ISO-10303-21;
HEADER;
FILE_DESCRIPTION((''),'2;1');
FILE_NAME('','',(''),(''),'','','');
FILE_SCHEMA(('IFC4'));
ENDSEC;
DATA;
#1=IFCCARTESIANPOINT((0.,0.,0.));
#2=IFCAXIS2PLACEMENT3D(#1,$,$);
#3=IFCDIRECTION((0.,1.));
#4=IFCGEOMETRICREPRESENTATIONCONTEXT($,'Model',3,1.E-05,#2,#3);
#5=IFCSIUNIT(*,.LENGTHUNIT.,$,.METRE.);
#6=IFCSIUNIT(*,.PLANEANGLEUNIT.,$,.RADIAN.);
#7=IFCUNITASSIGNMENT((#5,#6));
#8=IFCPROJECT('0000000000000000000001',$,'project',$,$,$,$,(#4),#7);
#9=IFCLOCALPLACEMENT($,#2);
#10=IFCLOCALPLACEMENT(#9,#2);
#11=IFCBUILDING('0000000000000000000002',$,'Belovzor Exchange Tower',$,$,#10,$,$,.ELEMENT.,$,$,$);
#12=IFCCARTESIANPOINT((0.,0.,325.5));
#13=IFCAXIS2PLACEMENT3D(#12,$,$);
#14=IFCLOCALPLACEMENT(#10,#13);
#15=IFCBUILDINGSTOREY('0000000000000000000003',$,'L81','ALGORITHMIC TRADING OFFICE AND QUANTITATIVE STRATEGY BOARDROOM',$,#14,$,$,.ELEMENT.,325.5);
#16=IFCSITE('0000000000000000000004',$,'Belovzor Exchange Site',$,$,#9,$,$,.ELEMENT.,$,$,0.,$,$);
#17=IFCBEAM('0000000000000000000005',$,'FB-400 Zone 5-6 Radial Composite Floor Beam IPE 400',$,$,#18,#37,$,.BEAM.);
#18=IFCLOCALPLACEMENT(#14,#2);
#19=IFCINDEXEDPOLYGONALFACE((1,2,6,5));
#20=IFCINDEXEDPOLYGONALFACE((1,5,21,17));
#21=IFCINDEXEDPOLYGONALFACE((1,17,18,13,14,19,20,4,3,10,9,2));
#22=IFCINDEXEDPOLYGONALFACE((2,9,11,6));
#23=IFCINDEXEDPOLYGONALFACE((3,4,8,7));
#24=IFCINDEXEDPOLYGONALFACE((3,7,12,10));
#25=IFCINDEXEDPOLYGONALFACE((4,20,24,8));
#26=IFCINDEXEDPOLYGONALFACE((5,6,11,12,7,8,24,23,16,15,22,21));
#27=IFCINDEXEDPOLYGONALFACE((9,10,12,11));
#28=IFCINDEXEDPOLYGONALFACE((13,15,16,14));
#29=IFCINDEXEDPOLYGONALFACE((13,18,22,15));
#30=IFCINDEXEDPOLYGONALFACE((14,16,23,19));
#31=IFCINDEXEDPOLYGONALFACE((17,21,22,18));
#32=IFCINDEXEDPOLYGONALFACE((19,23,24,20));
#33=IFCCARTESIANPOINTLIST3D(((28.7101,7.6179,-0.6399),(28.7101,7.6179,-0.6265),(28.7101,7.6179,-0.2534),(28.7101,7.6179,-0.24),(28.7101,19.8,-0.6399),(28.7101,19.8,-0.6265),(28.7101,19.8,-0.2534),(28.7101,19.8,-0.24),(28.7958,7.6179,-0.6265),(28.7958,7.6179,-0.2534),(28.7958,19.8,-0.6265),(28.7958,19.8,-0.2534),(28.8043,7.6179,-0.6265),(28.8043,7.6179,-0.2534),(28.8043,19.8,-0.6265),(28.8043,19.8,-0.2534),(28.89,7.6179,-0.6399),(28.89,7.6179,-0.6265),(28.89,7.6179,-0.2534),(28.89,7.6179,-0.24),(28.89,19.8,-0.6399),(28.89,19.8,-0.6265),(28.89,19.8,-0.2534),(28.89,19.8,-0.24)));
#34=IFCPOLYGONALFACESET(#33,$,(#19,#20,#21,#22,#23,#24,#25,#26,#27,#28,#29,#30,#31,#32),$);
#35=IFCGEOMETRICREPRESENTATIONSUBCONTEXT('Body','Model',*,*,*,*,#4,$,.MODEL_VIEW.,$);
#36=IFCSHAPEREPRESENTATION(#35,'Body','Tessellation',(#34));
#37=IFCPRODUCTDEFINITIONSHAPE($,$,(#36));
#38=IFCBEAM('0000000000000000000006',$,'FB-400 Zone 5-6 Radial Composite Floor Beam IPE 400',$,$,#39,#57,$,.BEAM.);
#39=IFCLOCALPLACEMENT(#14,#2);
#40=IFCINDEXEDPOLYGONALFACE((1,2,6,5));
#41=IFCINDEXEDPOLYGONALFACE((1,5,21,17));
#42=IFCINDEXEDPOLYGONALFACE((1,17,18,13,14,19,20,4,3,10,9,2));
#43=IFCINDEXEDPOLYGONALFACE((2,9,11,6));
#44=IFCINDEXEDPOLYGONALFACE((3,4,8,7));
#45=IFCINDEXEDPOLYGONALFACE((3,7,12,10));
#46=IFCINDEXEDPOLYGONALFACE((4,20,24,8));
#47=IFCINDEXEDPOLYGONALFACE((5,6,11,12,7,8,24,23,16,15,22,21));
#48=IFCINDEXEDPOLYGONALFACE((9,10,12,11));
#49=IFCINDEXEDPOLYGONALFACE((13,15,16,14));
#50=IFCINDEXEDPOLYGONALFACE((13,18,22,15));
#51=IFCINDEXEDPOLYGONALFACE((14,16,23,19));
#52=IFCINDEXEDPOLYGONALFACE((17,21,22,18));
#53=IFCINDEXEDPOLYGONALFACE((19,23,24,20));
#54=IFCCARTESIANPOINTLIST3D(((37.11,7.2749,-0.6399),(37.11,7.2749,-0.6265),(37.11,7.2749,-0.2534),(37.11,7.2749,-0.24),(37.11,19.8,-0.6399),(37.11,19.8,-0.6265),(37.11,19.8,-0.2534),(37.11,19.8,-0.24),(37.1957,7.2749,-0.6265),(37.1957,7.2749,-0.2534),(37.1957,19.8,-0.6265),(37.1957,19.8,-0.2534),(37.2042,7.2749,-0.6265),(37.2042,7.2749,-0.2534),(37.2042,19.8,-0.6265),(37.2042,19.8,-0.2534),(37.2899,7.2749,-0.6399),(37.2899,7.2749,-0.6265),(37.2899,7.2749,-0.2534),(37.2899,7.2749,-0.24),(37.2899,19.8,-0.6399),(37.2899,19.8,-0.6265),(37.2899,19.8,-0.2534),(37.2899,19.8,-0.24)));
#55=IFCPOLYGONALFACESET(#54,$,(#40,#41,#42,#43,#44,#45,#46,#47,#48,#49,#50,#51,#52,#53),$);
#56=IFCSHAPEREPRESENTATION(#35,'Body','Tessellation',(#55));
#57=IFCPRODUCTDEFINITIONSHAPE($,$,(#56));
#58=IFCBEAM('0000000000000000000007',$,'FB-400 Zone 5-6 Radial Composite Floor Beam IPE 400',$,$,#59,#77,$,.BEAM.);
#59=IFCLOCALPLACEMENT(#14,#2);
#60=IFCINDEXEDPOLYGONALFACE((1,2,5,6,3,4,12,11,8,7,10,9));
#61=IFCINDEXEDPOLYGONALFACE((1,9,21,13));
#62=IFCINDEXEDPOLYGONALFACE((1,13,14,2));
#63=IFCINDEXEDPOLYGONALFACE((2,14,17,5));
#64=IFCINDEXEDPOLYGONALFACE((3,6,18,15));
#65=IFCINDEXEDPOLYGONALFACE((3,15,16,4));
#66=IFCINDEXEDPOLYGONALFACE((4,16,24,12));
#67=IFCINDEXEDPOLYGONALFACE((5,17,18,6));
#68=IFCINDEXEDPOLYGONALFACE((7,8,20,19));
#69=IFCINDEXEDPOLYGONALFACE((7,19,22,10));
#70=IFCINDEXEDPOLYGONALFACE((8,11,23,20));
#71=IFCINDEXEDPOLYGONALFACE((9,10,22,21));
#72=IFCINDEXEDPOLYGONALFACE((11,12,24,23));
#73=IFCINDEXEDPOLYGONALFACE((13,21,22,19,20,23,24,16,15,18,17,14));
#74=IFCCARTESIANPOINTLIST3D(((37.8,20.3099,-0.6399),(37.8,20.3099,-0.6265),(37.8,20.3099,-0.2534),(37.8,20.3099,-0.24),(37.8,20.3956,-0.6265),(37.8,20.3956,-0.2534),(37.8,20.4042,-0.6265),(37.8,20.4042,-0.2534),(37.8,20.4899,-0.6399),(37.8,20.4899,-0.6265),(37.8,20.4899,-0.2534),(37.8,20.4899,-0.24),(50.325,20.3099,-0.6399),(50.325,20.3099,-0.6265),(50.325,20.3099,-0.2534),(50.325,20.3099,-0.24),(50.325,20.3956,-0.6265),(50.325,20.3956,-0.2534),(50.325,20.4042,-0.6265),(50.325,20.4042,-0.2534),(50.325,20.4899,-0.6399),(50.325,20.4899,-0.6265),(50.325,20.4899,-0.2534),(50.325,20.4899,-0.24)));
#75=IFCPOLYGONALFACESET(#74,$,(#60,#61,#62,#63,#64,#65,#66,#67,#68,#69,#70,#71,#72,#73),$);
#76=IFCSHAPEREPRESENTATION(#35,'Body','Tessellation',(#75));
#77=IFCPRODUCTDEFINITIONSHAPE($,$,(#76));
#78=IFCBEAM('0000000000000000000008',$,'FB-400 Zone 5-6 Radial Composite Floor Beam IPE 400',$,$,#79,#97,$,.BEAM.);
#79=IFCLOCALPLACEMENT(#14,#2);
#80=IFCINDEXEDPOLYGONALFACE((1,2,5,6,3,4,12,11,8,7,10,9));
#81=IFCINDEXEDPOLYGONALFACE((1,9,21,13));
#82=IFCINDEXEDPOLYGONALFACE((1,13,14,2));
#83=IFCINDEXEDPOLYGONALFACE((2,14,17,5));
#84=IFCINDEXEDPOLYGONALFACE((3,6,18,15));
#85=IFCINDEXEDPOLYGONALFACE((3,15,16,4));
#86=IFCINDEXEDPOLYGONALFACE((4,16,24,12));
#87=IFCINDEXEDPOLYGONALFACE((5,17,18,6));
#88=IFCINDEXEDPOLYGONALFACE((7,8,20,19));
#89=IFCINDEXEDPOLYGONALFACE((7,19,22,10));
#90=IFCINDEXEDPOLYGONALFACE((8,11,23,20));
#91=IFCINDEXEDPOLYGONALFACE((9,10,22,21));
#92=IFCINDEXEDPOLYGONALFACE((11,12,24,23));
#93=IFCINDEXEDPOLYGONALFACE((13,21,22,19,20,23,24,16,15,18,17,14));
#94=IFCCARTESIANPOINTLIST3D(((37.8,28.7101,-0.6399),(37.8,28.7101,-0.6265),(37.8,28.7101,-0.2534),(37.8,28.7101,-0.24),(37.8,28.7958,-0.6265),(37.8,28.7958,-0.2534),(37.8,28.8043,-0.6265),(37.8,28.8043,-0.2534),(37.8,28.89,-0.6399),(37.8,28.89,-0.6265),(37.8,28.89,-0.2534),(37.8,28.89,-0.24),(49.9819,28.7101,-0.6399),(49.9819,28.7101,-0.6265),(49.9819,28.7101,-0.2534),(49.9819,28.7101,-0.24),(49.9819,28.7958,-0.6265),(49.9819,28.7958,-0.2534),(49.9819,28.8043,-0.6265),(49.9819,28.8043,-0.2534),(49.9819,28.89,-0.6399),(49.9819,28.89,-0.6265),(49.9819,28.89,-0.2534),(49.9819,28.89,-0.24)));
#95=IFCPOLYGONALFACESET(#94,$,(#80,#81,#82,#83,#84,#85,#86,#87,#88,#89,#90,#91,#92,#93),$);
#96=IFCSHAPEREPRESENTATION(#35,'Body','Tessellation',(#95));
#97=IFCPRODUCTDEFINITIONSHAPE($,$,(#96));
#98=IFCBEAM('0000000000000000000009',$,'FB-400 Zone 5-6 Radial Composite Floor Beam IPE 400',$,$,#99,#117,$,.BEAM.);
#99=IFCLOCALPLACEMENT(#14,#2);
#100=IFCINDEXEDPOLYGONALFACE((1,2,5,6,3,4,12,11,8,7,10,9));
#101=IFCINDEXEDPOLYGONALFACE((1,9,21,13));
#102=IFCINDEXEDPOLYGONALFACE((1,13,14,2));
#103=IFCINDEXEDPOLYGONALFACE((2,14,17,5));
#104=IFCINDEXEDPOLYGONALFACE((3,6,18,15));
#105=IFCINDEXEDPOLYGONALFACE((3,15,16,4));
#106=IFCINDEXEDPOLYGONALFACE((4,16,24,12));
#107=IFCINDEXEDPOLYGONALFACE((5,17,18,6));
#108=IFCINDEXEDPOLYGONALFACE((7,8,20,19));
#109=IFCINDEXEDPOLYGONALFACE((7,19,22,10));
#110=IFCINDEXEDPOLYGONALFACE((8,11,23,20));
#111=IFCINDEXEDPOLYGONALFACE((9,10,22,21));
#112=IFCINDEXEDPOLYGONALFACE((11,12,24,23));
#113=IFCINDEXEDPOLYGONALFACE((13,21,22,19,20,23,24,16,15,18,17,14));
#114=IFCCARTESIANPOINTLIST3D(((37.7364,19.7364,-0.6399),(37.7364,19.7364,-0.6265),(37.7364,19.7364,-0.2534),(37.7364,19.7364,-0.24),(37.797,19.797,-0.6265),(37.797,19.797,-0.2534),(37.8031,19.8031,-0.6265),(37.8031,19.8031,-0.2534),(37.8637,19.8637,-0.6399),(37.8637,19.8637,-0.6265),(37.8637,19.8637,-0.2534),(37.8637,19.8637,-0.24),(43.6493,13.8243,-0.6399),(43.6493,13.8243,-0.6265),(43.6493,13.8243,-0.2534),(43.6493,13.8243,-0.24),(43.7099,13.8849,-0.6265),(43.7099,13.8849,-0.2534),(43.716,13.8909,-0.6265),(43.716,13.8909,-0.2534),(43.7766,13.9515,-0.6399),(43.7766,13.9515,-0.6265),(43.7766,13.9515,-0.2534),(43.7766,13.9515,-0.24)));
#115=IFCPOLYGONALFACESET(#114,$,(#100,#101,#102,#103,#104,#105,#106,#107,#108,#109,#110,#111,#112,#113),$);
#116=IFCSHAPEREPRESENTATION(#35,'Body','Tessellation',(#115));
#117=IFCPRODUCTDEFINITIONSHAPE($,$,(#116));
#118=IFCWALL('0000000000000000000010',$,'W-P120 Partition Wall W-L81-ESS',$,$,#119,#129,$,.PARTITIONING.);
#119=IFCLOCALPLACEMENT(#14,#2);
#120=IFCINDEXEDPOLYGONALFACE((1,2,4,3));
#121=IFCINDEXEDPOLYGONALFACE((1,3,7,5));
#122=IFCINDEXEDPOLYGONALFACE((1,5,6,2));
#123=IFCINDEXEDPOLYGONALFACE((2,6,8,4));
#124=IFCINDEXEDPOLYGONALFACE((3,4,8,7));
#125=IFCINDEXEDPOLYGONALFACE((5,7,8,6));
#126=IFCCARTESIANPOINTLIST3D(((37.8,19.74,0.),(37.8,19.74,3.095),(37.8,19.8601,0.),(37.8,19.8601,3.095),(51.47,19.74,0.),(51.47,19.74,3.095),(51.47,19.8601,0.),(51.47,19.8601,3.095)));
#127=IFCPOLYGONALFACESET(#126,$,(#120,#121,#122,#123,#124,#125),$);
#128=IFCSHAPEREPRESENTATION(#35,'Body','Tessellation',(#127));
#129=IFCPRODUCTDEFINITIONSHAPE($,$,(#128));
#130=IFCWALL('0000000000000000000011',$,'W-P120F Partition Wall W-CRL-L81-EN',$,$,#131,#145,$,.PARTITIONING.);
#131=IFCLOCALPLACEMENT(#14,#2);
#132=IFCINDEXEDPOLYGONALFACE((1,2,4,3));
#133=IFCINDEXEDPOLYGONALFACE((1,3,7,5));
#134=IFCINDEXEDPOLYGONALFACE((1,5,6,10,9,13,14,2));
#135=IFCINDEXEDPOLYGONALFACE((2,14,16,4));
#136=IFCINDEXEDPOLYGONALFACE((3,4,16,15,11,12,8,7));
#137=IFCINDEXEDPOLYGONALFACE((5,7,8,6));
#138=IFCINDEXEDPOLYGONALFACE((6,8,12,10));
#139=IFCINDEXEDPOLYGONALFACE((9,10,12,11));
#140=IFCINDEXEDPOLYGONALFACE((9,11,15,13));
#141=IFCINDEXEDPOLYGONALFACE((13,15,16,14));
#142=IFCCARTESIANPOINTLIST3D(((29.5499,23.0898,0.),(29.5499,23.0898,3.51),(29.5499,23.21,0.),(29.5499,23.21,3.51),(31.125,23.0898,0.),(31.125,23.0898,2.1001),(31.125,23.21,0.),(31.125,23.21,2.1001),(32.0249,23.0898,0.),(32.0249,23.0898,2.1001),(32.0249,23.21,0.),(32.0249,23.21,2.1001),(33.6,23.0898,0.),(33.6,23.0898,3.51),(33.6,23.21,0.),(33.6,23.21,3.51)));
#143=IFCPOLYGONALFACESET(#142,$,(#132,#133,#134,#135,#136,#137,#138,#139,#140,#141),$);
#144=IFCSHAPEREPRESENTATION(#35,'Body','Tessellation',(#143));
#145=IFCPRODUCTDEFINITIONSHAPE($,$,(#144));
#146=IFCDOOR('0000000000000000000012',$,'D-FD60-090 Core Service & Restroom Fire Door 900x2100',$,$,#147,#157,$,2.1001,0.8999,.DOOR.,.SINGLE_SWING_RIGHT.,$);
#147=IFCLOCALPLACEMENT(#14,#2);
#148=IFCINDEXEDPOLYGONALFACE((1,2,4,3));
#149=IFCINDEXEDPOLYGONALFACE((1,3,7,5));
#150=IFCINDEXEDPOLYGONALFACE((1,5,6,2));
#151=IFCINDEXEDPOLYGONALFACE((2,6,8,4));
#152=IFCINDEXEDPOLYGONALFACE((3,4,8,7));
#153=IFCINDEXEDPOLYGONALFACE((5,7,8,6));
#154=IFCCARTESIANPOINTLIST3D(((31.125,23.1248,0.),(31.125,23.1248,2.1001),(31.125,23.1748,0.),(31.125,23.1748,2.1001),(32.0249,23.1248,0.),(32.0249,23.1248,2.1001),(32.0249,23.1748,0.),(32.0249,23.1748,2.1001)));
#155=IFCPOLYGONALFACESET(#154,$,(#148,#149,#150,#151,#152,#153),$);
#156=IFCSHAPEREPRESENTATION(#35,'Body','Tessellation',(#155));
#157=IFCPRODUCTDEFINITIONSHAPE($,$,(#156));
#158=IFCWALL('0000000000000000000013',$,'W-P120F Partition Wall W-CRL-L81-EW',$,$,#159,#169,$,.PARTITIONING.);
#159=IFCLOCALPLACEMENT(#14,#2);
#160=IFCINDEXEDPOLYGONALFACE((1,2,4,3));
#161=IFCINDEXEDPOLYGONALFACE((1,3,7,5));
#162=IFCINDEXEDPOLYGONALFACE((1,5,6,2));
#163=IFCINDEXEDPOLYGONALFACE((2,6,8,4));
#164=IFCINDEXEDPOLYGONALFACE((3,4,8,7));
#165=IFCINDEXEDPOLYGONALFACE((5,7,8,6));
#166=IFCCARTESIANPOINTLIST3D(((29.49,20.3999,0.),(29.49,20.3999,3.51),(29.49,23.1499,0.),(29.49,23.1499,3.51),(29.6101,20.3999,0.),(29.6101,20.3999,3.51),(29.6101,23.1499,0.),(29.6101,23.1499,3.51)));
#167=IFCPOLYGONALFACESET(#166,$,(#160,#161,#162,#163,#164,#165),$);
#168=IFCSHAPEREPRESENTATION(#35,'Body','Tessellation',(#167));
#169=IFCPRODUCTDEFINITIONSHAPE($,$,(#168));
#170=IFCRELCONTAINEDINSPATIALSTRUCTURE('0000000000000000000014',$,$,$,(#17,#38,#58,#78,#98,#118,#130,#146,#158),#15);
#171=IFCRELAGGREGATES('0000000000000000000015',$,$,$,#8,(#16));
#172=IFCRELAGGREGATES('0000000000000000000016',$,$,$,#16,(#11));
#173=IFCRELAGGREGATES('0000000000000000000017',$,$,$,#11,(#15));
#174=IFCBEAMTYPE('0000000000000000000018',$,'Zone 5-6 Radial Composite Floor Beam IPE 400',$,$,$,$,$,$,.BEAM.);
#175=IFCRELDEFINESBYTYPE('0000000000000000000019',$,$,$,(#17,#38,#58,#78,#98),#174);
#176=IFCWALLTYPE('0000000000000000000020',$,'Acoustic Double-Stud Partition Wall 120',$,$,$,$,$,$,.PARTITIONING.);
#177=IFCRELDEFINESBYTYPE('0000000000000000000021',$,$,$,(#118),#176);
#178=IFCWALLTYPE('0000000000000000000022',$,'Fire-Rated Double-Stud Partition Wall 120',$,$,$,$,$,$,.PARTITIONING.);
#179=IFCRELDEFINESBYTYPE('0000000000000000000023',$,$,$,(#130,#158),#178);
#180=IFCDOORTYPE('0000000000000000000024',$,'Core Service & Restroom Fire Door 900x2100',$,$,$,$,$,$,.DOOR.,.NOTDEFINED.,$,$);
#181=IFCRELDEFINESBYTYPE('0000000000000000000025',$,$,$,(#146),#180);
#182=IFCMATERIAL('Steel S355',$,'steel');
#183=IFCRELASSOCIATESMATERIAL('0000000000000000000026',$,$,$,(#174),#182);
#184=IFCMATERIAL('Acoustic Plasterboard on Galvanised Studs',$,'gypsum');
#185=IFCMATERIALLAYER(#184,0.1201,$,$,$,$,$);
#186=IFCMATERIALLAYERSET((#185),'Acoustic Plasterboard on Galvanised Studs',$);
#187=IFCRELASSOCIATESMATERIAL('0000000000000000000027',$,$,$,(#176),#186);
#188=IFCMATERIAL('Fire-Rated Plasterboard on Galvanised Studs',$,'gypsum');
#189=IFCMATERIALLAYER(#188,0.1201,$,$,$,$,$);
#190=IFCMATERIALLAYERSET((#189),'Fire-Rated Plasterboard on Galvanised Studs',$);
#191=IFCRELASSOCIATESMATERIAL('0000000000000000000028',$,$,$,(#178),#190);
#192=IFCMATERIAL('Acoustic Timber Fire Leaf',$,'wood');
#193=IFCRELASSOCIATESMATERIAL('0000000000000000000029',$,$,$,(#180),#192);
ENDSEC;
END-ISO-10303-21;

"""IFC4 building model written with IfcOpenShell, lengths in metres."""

from ifc_helpers import new_model, si_unit, direction, frame, frame_2d, origin, origin_2d, place, context, subcontext, project, spatial, rectangle, i_section, extrude, material, layer, layer_set, material_profile, profile_set, type_object, element, fill, save


model = new_model("IFC4")

# Units and contexts
model_context = context("Model", 3, precision=1e-05, world=origin(), true_north=direction((0.0, 1.0)))
body_context = subcontext(model_context, "Body", "Model", "MODEL_VIEW")
ifc_project = project(units=[si_unit("LENGTHUNIT", "METRE"), si_unit("PLANEANGLEUNIT", "RADIAN")], contexts=[model_context])

# Site, building, storey
site_placement = place(None, origin())
site = spatial("IfcSite", under=ifc_project, at=site_placement, Name="Belovzor Exchange Site", CompositionType="ELEMENT", RefElevation=0.0)
building_placement = place(site_placement, origin())
building = spatial("IfcBuilding", under=site, at=building_placement, Name="Belovzor Exchange Tower", CompositionType="ELEMENT")
storey_placement = place(building_placement, frame((0.0, 0.0, 325.5)))
storey = spatial("IfcBuildingStorey", under=building, at=storey_placement, Name="L81", Description="ALGORITHMIC TRADING OFFICE AND QUANTITATIVE STRATEGY BOARDROOM", CompositionType="ELEMENT", Elevation=325.5)

# Beams
ifc_material_1 = material(Name="Steel S355", Category="steel")
ifc_material_profile = material_profile(ifc_material_1, i_section(OverallWidth=0.1799, OverallDepth=0.3999, WebThickness=0.0085, FlangeThickness=0.0134, at=origin_2d()))
ifc_profile_set = profile_set([ifc_material_profile], Name="Steel S355")
beam_type = type_object("IfcBeamType", Name="Zone 5-6 Radial Composite Floor Beam IPE 400", PredefinedType="BEAM", material=ifc_profile_set)
beam_1_placement = place(storey_placement, frame((28.8, 19.8, -0.4399), z_axis=(0.0, -1.0, 0.0), x_axis=(1.0, 0.0, 0.0)))
element("IfcBeam", 1, at=beam_1_placement, inside=storey, type_object=beam_type, Name="FB-400 Zone 5-6 Radial Composite Floor Beam IPE 400", PredefinedType="BEAM", context=body_context, shape_type="SweptSolid", body=[
    extrude(i_section(OverallWidth=0.1799, OverallDepth=0.3999, WebThickness=0.0085, FlangeThickness=0.0134, at=origin_2d()), origin(), (0.0, 0.0, 1.0), 12.1821),
])
beam_2_placement = place(storey_placement, frame((37.2, 19.8, -0.4399), z_axis=(0.0, -1.0, 0.0), x_axis=(1.0, 0.0, 0.0)))
element("IfcBeam", 2, at=beam_2_placement, inside=storey, type_object=beam_type, Name="FB-400 Zone 5-6 Radial Composite Floor Beam IPE 400", PredefinedType="BEAM", context=body_context, shape_type="SweptSolid", body=[
    extrude(i_section(OverallWidth=0.1799, OverallDepth=0.3999, WebThickness=0.0085, FlangeThickness=0.0134, at=origin_2d()), origin(), (0.0, 0.0, 1.0), 12.5251),
])
beam_3_placement = place(storey_placement, frame((37.8, 20.3999, -0.4399), z_axis=(1.0, 0.0, 0.0), x_axis=(0.0, 1.0, 0.0)))
element("IfcBeam", 3, at=beam_3_placement, inside=storey, type_object=beam_type, Name="FB-400 Zone 5-6 Radial Composite Floor Beam IPE 400", PredefinedType="BEAM", context=body_context, shape_type="SweptSolid", body=[
    extrude(i_section(OverallWidth=0.1799, OverallDepth=0.3999, WebThickness=0.0085, FlangeThickness=0.0134, at=origin_2d()), origin(), (0.0, 0.0, 1.0), 12.5249),
])
beam_4_placement = place(storey_placement, frame((37.8, 28.8, -0.4399), z_axis=(1.0, 0.0, 0.0), x_axis=(0.0, 1.0, 0.0)))
element("IfcBeam", 4, at=beam_4_placement, inside=storey, type_object=beam_type, Name="FB-400 Zone 5-6 Radial Composite Floor Beam IPE 400", PredefinedType="BEAM", context=body_context, shape_type="SweptSolid", body=[
    extrude(i_section(OverallWidth=0.1799, OverallDepth=0.3999, WebThickness=0.0085, FlangeThickness=0.0134, at=origin_2d()), origin(), (0.0, 0.0, 1.0), 12.1819),
])
beam_5_placement = place(storey_placement, frame((37.8, 19.8, -0.4399), z_axis=(0.707151, -0.707063, 0.0), x_axis=(0.707063, 0.707151, 0.0)))
element("IfcBeam", 5, at=beam_5_placement, inside=storey, type_object=beam_type, Name="FB-400 Zone 5-6 Radial Composite Floor Beam IPE 400", PredefinedType="BEAM", context=body_context, shape_type="SweptSolid", body=[
    extrude(i_section(OverallWidth=0.1799, OverallDepth=0.3999, WebThickness=0.0085, FlangeThickness=0.0134, at=origin_2d()), origin(), (0.0, 0.0, 1.0), 8.3616),
])

# Wall
ifc_material_2 = material(Name="Acoustic Plasterboard on Galvanised Studs", Category="gypsum")
ifc_layer_1 = layer(ifc_material_2, 0.1201)
ifc_layer_set_1 = layer_set([ifc_layer_1], Name="Acoustic Plasterboard on Galvanised Studs")
wall_type_1 = type_object("IfcWallType", Name="Acoustic Double-Stud Partition Wall 120", PredefinedType="PARTITIONING", material=ifc_layer_set_1)
wall_1_placement = place(storey_placement, frame((37.8, 19.8, 0.0), z_axis=(0.0, 0.0, 1.0), x_axis=(1.0, 0.0, 0.0)))
element("IfcWall", 6, at=wall_1_placement, inside=storey, type_object=wall_type_1, Name="W-P120 Partition Wall W-L81-ESS", PredefinedType="PARTITIONING", context=body_context, shape_type="SweptSolid", body=[
    extrude(rectangle(XDim=13.6699, YDim=0.1201, at=frame_2d((6.835, 0.0))), origin(), (0.0, 0.0, 1.0), 3.095),
])

# Wall, opening, door
ifc_material_3 = material(Name="Fire-Rated Plasterboard on Galvanised Studs", Category="gypsum")
ifc_layer_2 = layer(ifc_material_3, 0.1201)
ifc_layer_set_2 = layer_set([ifc_layer_2], Name="Fire-Rated Plasterboard on Galvanised Studs")
wall_type_2 = type_object("IfcWallType", Name="Fire-Rated Double-Stud Partition Wall 120", PredefinedType="PARTITIONING", material=ifc_layer_set_2)
wall_2_placement = place(storey_placement, frame((29.55, 23.1499, 0.0), z_axis=(0.0, 0.0, 1.0), x_axis=(1.0, 0.0, 0.0)))
wall_2 = element("IfcWall", 7, at=wall_2_placement, inside=storey, type_object=wall_type_2, Name="W-P120F Partition Wall W-CRL-L81-EN", PredefinedType="PARTITIONING", context=body_context, shape_type="SweptSolid", body=[
    extrude(rectangle(XDim=4.05, YDim=0.1201, at=frame_2d((2.0249, 0.0))), origin(), (0.0, 0.0, 1.0), 3.51),
])
opening_1_placement = place(wall_2_placement, frame((1.575, 0.0, 0.0)))
opening_1 = element("IfcOpeningElement", 8, at=opening_1_placement, cuts=wall_2, PredefinedType="OPENING", context=body_context, shape_type="SweptSolid", body=[
    extrude(rectangle(XDim=0.8999, YDim=2.1001, at=frame_2d((0.45, 1.05))), frame((0.0, 0.0701, 0.0), z_axis=(0.0, -1.0, 0.0), x_axis=(1.0, 0.0, 0.0)), (0.0, 0.0, 1.0), 0.1401),
])
ifc_material_4 = material(Name="Acoustic Timber Fire Leaf", Category="wood")
door_type_1 = type_object("IfcDoorType", Name="Core Service & Restroom Fire Door 900x2100", OperationType="NOTDEFINED", PredefinedType="DOOR", material=ifc_material_4)
door_1_placement = place(opening_1_placement, origin())
door_1 = element("IfcDoor", 9, at=door_1_placement, inside=storey, type_object=door_type_1, Name="D-FD60-090 Core Service & Restroom Fire Door 900x2100", OperationType="SINGLE_SWING_RIGHT", OverallHeight=2.1001, OverallWidth=0.8999, PredefinedType="DOOR", context=body_context, shape_type="SweptSolid", body=[
    extrude(rectangle(XDim=0.8999, YDim=2.1001, at=frame_2d((0.45, 1.05))), frame((0.0, 0.0249, 0.0), z_axis=(0.0, -1.0, 0.0), x_axis=(1.0, 0.0, 0.0)), (0.0, 0.0, 1.0), 0.05),
])
fill(opening_1, door_1)

# Wall
wall_3_placement = place(storey_placement, frame((29.55, 20.3999, 0.0), z_axis=(0.0, 0.0, 1.0), x_axis=(0.0, 1.0, 0.0)))
element("IfcWall", 10, at=wall_3_placement, inside=storey, type_object=wall_type_2, Name="W-P120F Partition Wall W-CRL-L81-EW", PredefinedType="PARTITIONING", context=body_context, shape_type="SweptSolid", body=[
    extrude(rectangle(XDim=2.75, YDim=0.1201, at=frame_2d((1.375, 0.0))), origin(), (0.0, 0.0, 1.0), 3.51),
])

save(model, "model.ifc")
